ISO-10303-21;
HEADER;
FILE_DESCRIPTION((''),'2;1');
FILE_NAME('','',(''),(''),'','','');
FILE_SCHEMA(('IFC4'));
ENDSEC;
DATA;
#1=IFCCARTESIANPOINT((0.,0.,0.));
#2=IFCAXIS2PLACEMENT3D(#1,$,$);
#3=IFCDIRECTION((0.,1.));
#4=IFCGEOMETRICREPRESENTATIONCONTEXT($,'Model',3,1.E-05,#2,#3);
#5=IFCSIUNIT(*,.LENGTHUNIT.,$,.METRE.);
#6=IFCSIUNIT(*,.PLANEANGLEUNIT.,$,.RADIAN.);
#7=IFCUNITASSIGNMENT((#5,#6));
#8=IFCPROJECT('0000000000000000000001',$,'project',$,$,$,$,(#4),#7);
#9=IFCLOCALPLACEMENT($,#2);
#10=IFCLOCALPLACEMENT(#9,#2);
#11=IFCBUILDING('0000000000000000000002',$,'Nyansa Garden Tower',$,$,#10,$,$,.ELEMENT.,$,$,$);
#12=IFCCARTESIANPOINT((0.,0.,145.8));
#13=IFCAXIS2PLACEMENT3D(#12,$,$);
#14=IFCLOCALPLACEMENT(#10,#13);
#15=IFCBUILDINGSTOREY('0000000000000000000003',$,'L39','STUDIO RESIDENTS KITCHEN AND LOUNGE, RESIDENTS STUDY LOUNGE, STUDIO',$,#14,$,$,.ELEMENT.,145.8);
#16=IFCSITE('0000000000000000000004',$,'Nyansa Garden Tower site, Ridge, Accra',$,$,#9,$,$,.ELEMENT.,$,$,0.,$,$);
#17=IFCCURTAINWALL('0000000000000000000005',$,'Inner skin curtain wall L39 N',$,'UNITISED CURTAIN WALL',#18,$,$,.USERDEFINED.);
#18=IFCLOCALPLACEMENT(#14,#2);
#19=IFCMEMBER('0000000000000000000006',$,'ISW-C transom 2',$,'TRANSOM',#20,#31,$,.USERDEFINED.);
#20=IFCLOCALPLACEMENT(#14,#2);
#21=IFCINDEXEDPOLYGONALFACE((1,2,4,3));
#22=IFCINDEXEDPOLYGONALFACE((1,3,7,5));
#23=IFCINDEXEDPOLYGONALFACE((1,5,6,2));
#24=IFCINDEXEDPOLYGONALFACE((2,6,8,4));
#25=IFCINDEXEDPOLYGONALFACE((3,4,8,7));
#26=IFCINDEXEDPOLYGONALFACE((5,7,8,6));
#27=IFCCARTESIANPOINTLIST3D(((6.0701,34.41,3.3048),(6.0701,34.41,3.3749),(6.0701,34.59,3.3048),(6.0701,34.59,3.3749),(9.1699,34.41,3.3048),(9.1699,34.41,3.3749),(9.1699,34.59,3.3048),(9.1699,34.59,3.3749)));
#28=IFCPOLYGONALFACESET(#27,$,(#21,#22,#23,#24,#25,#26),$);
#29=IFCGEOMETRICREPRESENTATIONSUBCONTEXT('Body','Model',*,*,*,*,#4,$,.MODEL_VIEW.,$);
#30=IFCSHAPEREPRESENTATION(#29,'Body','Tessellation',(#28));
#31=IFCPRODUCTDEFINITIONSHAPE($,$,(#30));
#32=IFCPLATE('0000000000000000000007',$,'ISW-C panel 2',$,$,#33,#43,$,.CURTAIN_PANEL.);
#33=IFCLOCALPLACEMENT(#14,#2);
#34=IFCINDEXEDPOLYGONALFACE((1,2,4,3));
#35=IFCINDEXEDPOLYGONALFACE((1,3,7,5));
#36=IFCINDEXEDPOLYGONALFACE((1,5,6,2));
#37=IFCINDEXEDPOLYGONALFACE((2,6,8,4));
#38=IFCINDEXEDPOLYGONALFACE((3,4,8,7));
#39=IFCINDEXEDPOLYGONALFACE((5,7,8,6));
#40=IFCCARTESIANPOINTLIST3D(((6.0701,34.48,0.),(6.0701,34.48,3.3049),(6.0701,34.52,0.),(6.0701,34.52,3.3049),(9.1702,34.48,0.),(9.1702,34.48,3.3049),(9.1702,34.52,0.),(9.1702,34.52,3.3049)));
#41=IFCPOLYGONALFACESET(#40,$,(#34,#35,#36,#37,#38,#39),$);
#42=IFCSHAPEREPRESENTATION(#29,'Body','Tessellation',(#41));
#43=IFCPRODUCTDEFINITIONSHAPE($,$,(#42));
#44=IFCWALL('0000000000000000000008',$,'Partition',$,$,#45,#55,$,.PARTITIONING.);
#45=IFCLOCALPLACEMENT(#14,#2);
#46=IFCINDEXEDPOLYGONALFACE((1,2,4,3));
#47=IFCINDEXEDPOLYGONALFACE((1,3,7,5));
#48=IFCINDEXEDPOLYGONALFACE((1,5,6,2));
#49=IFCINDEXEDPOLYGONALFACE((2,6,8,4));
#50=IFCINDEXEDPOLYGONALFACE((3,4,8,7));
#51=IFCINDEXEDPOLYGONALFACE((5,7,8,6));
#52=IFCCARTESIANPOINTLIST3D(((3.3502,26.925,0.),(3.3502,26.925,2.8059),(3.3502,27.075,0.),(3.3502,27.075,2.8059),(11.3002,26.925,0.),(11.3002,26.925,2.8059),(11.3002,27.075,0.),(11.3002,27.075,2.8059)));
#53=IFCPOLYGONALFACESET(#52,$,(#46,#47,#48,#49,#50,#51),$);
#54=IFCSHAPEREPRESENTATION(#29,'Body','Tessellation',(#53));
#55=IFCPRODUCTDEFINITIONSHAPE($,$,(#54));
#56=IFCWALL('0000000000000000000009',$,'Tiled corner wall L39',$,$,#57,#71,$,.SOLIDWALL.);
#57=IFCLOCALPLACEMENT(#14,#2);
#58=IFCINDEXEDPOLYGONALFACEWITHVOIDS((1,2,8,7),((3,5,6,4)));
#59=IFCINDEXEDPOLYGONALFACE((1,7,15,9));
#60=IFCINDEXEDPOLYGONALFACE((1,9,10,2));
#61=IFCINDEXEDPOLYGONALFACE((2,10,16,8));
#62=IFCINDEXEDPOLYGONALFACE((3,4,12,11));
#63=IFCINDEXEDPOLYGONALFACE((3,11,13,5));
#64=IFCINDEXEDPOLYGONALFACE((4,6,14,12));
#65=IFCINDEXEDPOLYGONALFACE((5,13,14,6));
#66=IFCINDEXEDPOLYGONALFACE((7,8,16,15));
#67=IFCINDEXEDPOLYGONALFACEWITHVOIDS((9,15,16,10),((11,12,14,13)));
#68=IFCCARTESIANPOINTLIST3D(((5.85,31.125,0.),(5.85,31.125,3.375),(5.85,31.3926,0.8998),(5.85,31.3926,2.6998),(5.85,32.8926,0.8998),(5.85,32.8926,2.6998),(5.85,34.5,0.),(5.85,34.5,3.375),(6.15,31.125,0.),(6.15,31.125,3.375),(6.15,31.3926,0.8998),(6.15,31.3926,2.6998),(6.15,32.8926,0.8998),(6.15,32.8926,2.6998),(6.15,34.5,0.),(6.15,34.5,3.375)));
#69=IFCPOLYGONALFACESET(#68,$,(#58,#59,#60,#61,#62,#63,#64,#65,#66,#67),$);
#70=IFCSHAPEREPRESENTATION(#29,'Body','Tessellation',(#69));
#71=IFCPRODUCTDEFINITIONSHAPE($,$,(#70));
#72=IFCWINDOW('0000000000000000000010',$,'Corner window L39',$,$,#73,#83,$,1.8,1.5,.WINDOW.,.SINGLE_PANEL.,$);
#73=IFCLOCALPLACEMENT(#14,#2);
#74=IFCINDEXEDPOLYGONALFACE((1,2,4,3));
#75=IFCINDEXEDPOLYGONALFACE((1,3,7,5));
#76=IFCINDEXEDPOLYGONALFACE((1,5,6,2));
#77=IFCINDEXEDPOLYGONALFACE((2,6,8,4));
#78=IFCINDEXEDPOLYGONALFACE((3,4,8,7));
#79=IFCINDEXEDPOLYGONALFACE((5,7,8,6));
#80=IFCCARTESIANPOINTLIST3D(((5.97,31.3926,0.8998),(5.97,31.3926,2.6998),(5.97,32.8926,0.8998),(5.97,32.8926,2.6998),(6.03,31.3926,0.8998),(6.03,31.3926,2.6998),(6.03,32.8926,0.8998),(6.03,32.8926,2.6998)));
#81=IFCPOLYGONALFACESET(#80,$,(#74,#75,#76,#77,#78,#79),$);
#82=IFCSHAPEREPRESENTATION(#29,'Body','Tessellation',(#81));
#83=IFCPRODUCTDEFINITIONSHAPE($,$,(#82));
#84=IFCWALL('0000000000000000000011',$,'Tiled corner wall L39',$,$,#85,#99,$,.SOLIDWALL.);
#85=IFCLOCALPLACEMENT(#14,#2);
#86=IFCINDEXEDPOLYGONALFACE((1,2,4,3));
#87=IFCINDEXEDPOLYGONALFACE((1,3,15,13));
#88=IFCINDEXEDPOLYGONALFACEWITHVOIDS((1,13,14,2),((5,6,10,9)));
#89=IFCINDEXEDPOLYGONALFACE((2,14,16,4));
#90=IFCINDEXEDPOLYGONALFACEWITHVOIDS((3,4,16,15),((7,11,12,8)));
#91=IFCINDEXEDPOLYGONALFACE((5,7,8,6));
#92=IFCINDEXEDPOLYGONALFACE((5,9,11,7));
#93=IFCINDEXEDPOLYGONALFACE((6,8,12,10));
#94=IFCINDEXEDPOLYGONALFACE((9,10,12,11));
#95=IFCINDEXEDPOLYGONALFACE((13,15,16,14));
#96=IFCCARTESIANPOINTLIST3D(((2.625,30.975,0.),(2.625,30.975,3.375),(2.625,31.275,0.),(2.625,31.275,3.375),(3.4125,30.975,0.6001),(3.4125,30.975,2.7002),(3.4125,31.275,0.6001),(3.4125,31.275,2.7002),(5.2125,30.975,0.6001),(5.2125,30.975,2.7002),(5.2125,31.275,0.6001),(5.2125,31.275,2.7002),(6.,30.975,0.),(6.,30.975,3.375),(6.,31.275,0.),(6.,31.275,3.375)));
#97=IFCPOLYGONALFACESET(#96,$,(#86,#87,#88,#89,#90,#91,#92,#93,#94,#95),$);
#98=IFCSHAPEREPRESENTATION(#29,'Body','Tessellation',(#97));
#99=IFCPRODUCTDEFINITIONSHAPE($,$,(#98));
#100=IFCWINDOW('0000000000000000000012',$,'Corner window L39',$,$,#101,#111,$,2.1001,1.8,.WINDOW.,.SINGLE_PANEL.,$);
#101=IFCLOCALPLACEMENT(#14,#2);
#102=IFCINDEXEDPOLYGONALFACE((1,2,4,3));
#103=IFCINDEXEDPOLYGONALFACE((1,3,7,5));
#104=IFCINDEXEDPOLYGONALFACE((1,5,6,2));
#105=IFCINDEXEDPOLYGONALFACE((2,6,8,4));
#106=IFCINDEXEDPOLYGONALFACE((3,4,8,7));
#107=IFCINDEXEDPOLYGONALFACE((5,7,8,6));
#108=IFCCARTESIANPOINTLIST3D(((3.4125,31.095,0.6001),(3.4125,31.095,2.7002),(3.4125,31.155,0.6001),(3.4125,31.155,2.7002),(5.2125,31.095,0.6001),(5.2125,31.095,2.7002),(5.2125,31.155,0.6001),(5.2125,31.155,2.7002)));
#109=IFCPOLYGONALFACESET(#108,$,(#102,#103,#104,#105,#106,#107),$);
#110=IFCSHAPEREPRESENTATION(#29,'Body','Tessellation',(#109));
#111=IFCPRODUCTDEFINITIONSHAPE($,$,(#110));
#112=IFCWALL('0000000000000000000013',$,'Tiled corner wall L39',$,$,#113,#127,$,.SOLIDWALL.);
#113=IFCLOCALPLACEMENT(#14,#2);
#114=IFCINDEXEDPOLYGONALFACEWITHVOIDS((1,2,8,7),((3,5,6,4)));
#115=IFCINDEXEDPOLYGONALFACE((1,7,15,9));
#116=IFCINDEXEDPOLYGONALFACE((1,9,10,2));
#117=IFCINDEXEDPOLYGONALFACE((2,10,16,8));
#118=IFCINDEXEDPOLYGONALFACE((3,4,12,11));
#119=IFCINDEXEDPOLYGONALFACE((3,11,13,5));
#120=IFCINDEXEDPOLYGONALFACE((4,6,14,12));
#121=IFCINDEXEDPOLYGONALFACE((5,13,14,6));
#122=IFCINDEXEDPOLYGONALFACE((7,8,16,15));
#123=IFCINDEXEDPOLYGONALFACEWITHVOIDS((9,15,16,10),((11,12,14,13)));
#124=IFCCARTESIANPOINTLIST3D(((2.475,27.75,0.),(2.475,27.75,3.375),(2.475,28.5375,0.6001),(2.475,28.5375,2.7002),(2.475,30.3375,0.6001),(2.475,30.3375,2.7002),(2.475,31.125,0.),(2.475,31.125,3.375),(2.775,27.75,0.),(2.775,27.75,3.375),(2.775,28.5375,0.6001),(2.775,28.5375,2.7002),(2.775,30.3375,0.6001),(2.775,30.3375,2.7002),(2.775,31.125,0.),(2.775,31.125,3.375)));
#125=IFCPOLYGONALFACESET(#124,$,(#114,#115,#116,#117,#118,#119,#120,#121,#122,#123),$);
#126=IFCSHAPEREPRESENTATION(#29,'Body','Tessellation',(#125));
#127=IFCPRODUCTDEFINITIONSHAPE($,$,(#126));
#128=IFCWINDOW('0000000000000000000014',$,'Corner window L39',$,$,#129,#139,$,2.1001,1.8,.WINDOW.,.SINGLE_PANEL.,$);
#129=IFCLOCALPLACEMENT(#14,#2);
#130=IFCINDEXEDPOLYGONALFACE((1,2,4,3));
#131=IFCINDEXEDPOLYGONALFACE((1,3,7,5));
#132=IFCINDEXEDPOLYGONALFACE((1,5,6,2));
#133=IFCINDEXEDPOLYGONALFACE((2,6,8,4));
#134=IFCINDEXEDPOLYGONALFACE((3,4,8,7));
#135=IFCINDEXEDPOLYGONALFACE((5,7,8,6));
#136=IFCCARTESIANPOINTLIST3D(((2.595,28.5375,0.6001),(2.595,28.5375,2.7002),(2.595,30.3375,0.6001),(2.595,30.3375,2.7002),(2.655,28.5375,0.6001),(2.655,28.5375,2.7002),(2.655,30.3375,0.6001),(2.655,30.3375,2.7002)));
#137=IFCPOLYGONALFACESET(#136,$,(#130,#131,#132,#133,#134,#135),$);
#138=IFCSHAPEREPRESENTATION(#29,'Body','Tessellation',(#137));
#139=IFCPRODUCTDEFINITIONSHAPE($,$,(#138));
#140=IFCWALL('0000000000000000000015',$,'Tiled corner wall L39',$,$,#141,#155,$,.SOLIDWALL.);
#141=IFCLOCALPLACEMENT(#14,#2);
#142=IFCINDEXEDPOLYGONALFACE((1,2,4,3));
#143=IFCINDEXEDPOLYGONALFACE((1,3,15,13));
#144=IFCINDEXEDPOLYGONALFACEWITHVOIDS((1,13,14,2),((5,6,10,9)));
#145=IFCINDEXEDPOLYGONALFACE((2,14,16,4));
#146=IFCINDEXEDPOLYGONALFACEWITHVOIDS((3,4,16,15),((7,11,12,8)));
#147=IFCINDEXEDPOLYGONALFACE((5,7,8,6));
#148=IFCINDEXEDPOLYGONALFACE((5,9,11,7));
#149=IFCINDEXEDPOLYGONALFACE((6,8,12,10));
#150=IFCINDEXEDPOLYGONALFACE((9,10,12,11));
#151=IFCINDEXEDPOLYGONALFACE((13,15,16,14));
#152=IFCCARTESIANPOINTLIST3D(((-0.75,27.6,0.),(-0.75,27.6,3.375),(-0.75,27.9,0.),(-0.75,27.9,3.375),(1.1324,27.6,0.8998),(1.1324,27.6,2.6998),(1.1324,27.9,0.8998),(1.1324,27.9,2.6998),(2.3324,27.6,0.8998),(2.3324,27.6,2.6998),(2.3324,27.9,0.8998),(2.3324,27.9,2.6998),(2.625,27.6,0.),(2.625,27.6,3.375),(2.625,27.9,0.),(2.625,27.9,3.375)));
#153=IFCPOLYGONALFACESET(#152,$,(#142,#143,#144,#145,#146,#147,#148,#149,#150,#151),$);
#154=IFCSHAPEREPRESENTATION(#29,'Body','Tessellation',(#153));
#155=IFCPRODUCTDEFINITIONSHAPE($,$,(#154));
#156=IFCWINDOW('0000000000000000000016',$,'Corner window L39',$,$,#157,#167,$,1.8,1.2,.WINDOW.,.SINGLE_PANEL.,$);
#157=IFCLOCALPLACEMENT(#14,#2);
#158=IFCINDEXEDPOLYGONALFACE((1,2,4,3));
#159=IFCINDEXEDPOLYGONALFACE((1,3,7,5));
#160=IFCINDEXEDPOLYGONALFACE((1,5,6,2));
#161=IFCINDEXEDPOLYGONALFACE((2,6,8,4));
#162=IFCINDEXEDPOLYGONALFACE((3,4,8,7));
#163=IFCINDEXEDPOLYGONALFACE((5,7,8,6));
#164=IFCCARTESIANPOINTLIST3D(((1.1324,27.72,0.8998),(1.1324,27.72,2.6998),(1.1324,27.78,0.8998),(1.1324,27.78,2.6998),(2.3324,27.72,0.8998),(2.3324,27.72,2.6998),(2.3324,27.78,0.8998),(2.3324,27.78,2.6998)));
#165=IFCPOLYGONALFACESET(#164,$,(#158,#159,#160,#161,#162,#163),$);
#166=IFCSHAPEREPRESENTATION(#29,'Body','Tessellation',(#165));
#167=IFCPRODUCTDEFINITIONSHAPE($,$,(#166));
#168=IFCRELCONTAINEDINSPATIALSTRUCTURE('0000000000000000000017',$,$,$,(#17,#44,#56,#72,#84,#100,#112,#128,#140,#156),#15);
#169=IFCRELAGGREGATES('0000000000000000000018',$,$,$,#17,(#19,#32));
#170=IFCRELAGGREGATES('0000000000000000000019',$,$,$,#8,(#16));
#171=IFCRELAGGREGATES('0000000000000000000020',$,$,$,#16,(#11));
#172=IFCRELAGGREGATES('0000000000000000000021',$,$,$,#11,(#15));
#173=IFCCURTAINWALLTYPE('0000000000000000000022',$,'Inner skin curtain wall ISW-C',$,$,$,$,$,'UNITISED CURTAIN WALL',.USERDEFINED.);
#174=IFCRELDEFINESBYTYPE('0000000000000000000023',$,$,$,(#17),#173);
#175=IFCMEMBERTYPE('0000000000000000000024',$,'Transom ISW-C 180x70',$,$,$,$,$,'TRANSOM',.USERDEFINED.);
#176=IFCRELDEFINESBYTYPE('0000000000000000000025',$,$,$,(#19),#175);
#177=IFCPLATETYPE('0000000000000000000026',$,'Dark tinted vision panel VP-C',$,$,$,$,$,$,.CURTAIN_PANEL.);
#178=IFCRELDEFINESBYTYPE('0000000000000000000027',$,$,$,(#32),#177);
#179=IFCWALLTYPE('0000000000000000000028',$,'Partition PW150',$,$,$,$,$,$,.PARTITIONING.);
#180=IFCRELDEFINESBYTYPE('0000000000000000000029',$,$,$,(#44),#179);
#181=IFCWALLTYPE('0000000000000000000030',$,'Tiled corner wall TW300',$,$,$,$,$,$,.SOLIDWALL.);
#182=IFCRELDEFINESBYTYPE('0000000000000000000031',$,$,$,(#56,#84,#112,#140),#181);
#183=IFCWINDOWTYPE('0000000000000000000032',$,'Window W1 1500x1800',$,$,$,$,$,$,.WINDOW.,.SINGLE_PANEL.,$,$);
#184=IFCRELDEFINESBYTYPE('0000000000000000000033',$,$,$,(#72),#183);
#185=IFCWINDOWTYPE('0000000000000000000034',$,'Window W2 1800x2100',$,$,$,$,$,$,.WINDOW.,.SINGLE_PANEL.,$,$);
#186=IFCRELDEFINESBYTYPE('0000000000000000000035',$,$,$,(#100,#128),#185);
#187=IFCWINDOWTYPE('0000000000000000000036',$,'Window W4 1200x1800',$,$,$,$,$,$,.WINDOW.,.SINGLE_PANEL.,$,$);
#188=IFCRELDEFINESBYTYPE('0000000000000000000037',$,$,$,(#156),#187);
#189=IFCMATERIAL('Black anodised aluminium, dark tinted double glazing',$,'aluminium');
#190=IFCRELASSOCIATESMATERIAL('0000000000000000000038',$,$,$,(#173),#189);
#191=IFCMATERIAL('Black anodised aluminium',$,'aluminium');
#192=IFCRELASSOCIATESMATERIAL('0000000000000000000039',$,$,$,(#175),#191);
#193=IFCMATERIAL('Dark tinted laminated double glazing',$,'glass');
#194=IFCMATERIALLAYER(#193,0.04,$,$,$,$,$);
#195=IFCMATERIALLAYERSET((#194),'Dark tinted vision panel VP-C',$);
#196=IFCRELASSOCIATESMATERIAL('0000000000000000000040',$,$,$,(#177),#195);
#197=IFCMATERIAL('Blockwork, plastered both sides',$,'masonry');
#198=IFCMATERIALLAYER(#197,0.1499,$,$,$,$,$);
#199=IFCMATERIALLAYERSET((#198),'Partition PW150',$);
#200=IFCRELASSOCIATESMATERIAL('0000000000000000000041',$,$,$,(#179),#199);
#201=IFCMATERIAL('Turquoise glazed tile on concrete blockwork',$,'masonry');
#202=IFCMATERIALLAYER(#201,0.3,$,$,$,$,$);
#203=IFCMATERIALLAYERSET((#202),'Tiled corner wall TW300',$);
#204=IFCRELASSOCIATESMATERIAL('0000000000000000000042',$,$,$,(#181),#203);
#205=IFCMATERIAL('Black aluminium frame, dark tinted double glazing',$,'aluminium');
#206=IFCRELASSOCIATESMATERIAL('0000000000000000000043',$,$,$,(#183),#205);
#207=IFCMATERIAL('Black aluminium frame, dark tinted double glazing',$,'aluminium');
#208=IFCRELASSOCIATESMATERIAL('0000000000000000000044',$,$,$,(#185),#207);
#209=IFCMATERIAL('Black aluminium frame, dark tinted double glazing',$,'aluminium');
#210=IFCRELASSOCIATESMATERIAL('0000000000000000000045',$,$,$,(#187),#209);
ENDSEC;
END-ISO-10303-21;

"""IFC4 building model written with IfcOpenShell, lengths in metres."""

from ifc_helpers import new_model, si_unit, direction, frame, frame_2d, origin, origin_2d, place, context, subcontext, project, spatial, rectangle, extrude, material, layer, layer_set, material_profile, profile_set, type_object, element, fill, aggregate, save


model = new_model("IFC4")

# Units and contexts
model_context = context("Model", 3, precision=1e-05, world=origin(), true_north=direction((0.0, 1.0)))
body_context = subcontext(model_context, "Body", "Model", "MODEL_VIEW")
ifc_project = project(units=[si_unit("LENGTHUNIT", "METRE"), si_unit("PLANEANGLEUNIT", "RADIAN")], contexts=[model_context])

# Site, building, storey
site_placement = place(None, origin())
site = spatial("IfcSite", under=ifc_project, at=site_placement, Name="Nyansa Garden Tower site, Ridge, Accra", CompositionType="ELEMENT", RefElevation=0.0)
building_placement = place(site_placement, origin())
building = spatial("IfcBuilding", under=site, at=building_placement, Name="Nyansa Garden Tower", CompositionType="ELEMENT")
storey_placement = place(building_placement, frame((0.0, 0.0, 145.8)))
storey = spatial("IfcBuildingStorey", under=building, at=storey_placement, Name="L39", Description="STUDIO RESIDENTS KITCHEN AND LOUNGE, RESIDENTS STUDY LOUNGE, STUDIO", CompositionType="ELEMENT", Elevation=145.8)

# Curtain wall
ifc_material_1 = material(Name="Black anodised aluminium, dark tinted double glazing", Category="aluminium")
curtain_wall_type = type_object("IfcCurtainWallType", Name="Inner skin curtain wall ISW-C", ElementType="UNITISED CURTAIN WALL", PredefinedType="USERDEFINED", material=ifc_material_1)
curtain_wall_placement = place(storey_placement, origin())
curtain_wall = element("IfcCurtainWall", 1, at=curtain_wall_placement, inside=storey, type_object=curtain_wall_type, Name="Inner skin curtain wall L39 N", ObjectType="UNITISED CURTAIN WALL", PredefinedType="USERDEFINED")

# Member
ifc_material_2 = material(Name="Black anodised aluminium", Category="aluminium")
ifc_material_profile_1 = material_profile(ifc_material_2, rectangle(XDim=0.1799, YDim=0.0701, at=origin_2d()), Name="Transom 180x70")
ifc_profile_set_1 = profile_set([ifc_material_profile_1], Name="Black anodised aluminium")
member_type_1 = type_object("IfcMemberType", Name="Transom ISW-C 180x70", ElementType="TRANSOM", PredefinedType="USERDEFINED", material=ifc_profile_set_1)
member_1_placement = place(storey_placement, frame((9.1699, 34.5, 3.3398), z_axis=(-1.0, 0.0, 0.0), x_axis=(0.0, -1.0, 0.0)))
member_1 = element("IfcMember", 2, at=member_1_placement, type_object=member_type_1, Name="ISW-C transom 2", ObjectType="TRANSOM", PredefinedType="USERDEFINED", context=body_context, shape_type="SweptSolid", body=[
    extrude(rectangle(XDim=0.1799, YDim=0.0701, at=origin_2d()), origin(), (0.0, 0.0, 1.0), 3.0999),
])

# Plate
ifc_material_3 = material(Name="Dark tinted laminated double glazing", Category="glass")
ifc_layer_1 = layer(ifc_material_3, 0.04)
ifc_layer_set_1 = layer_set([ifc_layer_1], Name="Dark tinted vision panel VP-C")
plate_type = type_object("IfcPlateType", Name="Dark tinted vision panel VP-C", PredefinedType="CURTAIN_PANEL", material=ifc_layer_set_1)
plate_placement = place(storey_placement, frame((7.6201, 34.5, 0.0), z_axis=(0.0, 0.0, 1.0), x_axis=(-1.0, 0.0, 0.0)))
plate = element("IfcPlate", 3, at=plate_placement, type_object=plate_type, Name="ISW-C panel 2", PredefinedType="CURTAIN_PANEL", context=body_context, shape_type="SweptSolid", body=[
    extrude(rectangle(XDim=3.1001, YDim=0.04, at=origin_2d()), origin(), (0.0, 0.0, 1.0), 3.3049),
])
aggregate(curtain_wall, [member_1, plate])

# Wall
ifc_material_4 = material(Name="Blockwork, plastered both sides", Category="masonry")
ifc_layer_2 = layer(ifc_material_4, 0.1499)
ifc_layer_set_2 = layer_set([ifc_layer_2], Name="Partition PW150")
wall_type_1 = type_object("IfcWallType", Name="Partition PW150", PredefinedType="PARTITIONING", material=ifc_layer_set_2)
wall_1_placement = place(storey_placement, frame((3.3501, 27.0, 0.0), z_axis=(0.0, 0.0, 1.0), x_axis=(1.0, 0.0, 0.0)))
element("IfcWall", 4, at=wall_1_placement, inside=storey, type_object=wall_type_1, Name="Partition", PredefinedType="PARTITIONING", context=body_context, shape_type="SweptSolid", body=[
    extrude(rectangle(XDim=7.95, YDim=0.1499, at=frame_2d((3.9751, 0.0))), origin(), (0.0, 0.0, 1.0), 2.8059),
])

# Walls, openings, windows
ifc_material_5 = material(Name="Turquoise glazed tile on concrete blockwork", Category="masonry")
ifc_layer_3 = layer(ifc_material_5, 0.3)
ifc_layer_set_3 = layer_set([ifc_layer_3], Name="Tiled corner wall TW300")
wall_type_2 = type_object("IfcWallType", Name="Tiled corner wall TW300", PredefinedType="SOLIDWALL", material=ifc_layer_set_3)
wall_2_placement = place(storey_placement, frame((6.0, 34.5, 0.0), z_axis=(0.0, 0.0, 1.0), x_axis=(0.0, -1.0, 0.0)))
wall_2 = element("IfcWall", 5, at=wall_2_placement, inside=storey, type_object=wall_type_2, Name="Tiled corner wall L39", PredefinedType="SOLIDWALL", context=body_context, shape_type="SweptSolid", body=[
    extrude(rectangle(XDim=3.375, YDim=0.3, at=frame_2d((1.6875, 0.0))), origin(), (0.0, 0.0, 1.0), 3.375),
])
opening_1_placement = place(wall_2_placement, frame((1.6074, 0.0, 0.8999)))
opening_1 = element("IfcOpeningElement", 6, at=opening_1_placement, cuts=wall_2, PredefinedType="OPENING", context=body_context, shape_type="SweptSolid", body=[
    extrude(rectangle(XDim=1.5, YDim=1.8, at=frame_2d((0.75, 0.8999))), frame((0.0, 0.1599, 0.0), z_axis=(0.0, -1.0, 0.0), x_axis=(1.0, 0.0, 0.0)), (0.0, 0.0, 1.0), 0.3201),
])
ifc_material_6 = material(Name="Black aluminium frame, dark tinted double glazing", Category="aluminium")
window_type_1 = type_object("IfcWindowType", Name="Window W1 1500x1800", PartitioningType="SINGLE_PANEL", PredefinedType="WINDOW", material=ifc_material_6)
window_1_placement = place(opening_1_placement, origin())
window_1 = element("IfcWindow", 7, at=window_1_placement, inside=storey, type_object=window_type_1, Name="Corner window L39", OverallHeight=1.8, OverallWidth=1.5, PartitioningType="SINGLE_PANEL", PredefinedType="WINDOW", context=body_context, shape_type="SweptSolid", body=[
    extrude(rectangle(XDim=1.5, YDim=1.8, at=frame_2d((0.75, 0.8999))), frame((0.0, 0.03, 0.0), z_axis=(0.0, -1.0, 0.0), x_axis=(1.0, 0.0, 0.0)), (0.0, 0.0, 1.0), 0.0601),
])
fill(opening_1, window_1)
wall_3_placement = place(storey_placement, frame((6.0, 31.125, 0.0), z_axis=(0.0, 0.0, 1.0), x_axis=(-1.0, 0.0, 0.0)))
wall_3 = element("IfcWall", 8, at=wall_3_placement, inside=storey, type_object=wall_type_2, Name="Tiled corner wall L39", PredefinedType="SOLIDWALL", context=body_context, shape_type="SweptSolid", body=[
    extrude(rectangle(XDim=3.375, YDim=0.3, at=frame_2d((1.6875, 0.0))), origin(), (0.0, 0.0, 1.0), 3.375),
])
opening_2_placement = place(wall_3_placement, frame((0.7876, 0.0, 0.6001)))
opening_2 = element("IfcOpeningElement", 9, at=opening_2_placement, cuts=wall_3, PredefinedType="OPENING", context=body_context, shape_type="SweptSolid", body=[
    extrude(rectangle(XDim=1.8, YDim=2.1001, at=frame_2d((0.8999, 1.05))), frame((0.0, 0.1599, 0.0), z_axis=(0.0, -1.0, 0.0), x_axis=(1.0, 0.0, 0.0)), (0.0, 0.0, 1.0), 0.3201),
])
ifc_material_7 = material(Name="Black aluminium frame, dark tinted double glazing", Category="aluminium")
window_type_2 = type_object("IfcWindowType", Name="Window W2 1800x2100", PartitioningType="SINGLE_PANEL", PredefinedType="WINDOW", material=ifc_material_7)
window_2_placement = place(opening_2_placement, origin())
window_2 = element("IfcWindow", 10, at=window_2_placement, inside=storey, type_object=window_type_2, Name="Corner window L39", OverallHeight=2.1001, OverallWidth=1.8, PartitioningType="SINGLE_PANEL", PredefinedType="WINDOW", context=body_context, shape_type="SweptSolid", body=[
    extrude(rectangle(XDim=1.8, YDim=2.1001, at=frame_2d((0.8999, 1.05))), frame((0.0, 0.03, 0.0), z_axis=(0.0, -1.0, 0.0), x_axis=(1.0, 0.0, 0.0)), (0.0, 0.0, 1.0), 0.0601),
])
fill(opening_2, window_2)
wall_4_placement = place(storey_placement, frame((2.625, 31.125, 0.0), z_axis=(0.0, 0.0, 1.0), x_axis=(0.0, -1.0, 0.0)))
wall_4 = element("IfcWall", 11, at=wall_4_placement, inside=storey, type_object=wall_type_2, Name="Tiled corner wall L39", PredefinedType="SOLIDWALL", context=body_context, shape_type="SweptSolid", body=[
    extrude(rectangle(XDim=3.375, YDim=0.3, at=frame_2d((1.6875, 0.0))), origin(), (0.0, 0.0, 1.0), 3.375),
])
opening_3_placement = place(wall_4_placement, frame((0.7876, 0.0, 0.6001)))
opening_3 = element("IfcOpeningElement", 12, at=opening_3_placement, cuts=wall_4, PredefinedType="OPENING", context=body_context, shape_type="SweptSolid", body=[
    extrude(rectangle(XDim=1.8, YDim=2.1001, at=frame_2d((0.8999, 1.05))), frame((0.0, 0.1599, 0.0), z_axis=(0.0, -1.0, 0.0), x_axis=(1.0, 0.0, 0.0)), (0.0, 0.0, 1.0), 0.3201),
])
window_3_placement = place(opening_3_placement, origin())
window_3 = element("IfcWindow", 13, at=window_3_placement, inside=storey, type_object=window_type_2, Name="Corner window L39", OverallHeight=2.1001, OverallWidth=1.8, PartitioningType="SINGLE_PANEL", PredefinedType="WINDOW", context=body_context, shape_type="SweptSolid", body=[
    extrude(rectangle(XDim=1.8, YDim=2.1001, at=frame_2d((0.8999, 1.05))), frame((0.0, 0.03, 0.0), z_axis=(0.0, -1.0, 0.0), x_axis=(1.0, 0.0, 0.0)), (0.0, 0.0, 1.0), 0.0601),
])
fill(opening_3, window_3)
wall_5_placement = place(storey_placement, frame((2.625, 27.75, 0.0), z_axis=(0.0, 0.0, 1.0), x_axis=(-1.0, 0.0, 0.0)))
wall_5 = element("IfcWall", 14, at=wall_5_placement, inside=storey, type_object=wall_type_2, Name="Tiled corner wall L39", PredefinedType="SOLIDWALL", context=body_context, shape_type="SweptSolid", body=[
    extrude(rectangle(XDim=3.375, YDim=0.3, at=frame_2d((1.6875, 0.0))), origin(), (0.0, 0.0, 1.0), 3.375),
])
opening_4_placement = place(wall_5_placement, frame((0.2925, 0.0, 0.8999)))
opening_4 = element("IfcOpeningElement", 15, at=opening_4_placement, cuts=wall_5, PredefinedType="OPENING", context=body_context, shape_type="SweptSolid", body=[
    extrude(rectangle(XDim=1.2, YDim=1.8, at=frame_2d((0.6001, 0.8999))), frame((0.0, 0.1599, 0.0), z_axis=(0.0, -1.0, 0.0), x_axis=(1.0, 0.0, 0.0)), (0.0, 0.0, 1.0), 0.3201),
])
ifc_material_8 = material(Name="Black aluminium frame, dark tinted double glazing", Category="aluminium")
window_type_3 = type_object("IfcWindowType", Name="Window W4 1200x1800", PartitioningType="SINGLE_PANEL", PredefinedType="WINDOW", material=ifc_material_8)
window_4_placement = place(opening_4_placement, origin())
window_4 = element("IfcWindow", 16, at=window_4_placement, inside=storey, type_object=window_type_3, Name="Corner window L39", OverallHeight=1.8, OverallWidth=1.2, PartitioningType="SINGLE_PANEL", PredefinedType="WINDOW", context=body_context, shape_type="SweptSolid", body=[
    extrude(rectangle(XDim=1.2, YDim=1.8, at=frame_2d((0.6001, 0.8999))), frame((0.0, 0.03, 0.0), z_axis=(0.0, -1.0, 0.0), x_axis=(1.0, 0.0, 0.0)), (0.0, 0.0, 1.0), 0.0601),
])
fill(opening_4, window_4)

save(model, "model.ifc")
